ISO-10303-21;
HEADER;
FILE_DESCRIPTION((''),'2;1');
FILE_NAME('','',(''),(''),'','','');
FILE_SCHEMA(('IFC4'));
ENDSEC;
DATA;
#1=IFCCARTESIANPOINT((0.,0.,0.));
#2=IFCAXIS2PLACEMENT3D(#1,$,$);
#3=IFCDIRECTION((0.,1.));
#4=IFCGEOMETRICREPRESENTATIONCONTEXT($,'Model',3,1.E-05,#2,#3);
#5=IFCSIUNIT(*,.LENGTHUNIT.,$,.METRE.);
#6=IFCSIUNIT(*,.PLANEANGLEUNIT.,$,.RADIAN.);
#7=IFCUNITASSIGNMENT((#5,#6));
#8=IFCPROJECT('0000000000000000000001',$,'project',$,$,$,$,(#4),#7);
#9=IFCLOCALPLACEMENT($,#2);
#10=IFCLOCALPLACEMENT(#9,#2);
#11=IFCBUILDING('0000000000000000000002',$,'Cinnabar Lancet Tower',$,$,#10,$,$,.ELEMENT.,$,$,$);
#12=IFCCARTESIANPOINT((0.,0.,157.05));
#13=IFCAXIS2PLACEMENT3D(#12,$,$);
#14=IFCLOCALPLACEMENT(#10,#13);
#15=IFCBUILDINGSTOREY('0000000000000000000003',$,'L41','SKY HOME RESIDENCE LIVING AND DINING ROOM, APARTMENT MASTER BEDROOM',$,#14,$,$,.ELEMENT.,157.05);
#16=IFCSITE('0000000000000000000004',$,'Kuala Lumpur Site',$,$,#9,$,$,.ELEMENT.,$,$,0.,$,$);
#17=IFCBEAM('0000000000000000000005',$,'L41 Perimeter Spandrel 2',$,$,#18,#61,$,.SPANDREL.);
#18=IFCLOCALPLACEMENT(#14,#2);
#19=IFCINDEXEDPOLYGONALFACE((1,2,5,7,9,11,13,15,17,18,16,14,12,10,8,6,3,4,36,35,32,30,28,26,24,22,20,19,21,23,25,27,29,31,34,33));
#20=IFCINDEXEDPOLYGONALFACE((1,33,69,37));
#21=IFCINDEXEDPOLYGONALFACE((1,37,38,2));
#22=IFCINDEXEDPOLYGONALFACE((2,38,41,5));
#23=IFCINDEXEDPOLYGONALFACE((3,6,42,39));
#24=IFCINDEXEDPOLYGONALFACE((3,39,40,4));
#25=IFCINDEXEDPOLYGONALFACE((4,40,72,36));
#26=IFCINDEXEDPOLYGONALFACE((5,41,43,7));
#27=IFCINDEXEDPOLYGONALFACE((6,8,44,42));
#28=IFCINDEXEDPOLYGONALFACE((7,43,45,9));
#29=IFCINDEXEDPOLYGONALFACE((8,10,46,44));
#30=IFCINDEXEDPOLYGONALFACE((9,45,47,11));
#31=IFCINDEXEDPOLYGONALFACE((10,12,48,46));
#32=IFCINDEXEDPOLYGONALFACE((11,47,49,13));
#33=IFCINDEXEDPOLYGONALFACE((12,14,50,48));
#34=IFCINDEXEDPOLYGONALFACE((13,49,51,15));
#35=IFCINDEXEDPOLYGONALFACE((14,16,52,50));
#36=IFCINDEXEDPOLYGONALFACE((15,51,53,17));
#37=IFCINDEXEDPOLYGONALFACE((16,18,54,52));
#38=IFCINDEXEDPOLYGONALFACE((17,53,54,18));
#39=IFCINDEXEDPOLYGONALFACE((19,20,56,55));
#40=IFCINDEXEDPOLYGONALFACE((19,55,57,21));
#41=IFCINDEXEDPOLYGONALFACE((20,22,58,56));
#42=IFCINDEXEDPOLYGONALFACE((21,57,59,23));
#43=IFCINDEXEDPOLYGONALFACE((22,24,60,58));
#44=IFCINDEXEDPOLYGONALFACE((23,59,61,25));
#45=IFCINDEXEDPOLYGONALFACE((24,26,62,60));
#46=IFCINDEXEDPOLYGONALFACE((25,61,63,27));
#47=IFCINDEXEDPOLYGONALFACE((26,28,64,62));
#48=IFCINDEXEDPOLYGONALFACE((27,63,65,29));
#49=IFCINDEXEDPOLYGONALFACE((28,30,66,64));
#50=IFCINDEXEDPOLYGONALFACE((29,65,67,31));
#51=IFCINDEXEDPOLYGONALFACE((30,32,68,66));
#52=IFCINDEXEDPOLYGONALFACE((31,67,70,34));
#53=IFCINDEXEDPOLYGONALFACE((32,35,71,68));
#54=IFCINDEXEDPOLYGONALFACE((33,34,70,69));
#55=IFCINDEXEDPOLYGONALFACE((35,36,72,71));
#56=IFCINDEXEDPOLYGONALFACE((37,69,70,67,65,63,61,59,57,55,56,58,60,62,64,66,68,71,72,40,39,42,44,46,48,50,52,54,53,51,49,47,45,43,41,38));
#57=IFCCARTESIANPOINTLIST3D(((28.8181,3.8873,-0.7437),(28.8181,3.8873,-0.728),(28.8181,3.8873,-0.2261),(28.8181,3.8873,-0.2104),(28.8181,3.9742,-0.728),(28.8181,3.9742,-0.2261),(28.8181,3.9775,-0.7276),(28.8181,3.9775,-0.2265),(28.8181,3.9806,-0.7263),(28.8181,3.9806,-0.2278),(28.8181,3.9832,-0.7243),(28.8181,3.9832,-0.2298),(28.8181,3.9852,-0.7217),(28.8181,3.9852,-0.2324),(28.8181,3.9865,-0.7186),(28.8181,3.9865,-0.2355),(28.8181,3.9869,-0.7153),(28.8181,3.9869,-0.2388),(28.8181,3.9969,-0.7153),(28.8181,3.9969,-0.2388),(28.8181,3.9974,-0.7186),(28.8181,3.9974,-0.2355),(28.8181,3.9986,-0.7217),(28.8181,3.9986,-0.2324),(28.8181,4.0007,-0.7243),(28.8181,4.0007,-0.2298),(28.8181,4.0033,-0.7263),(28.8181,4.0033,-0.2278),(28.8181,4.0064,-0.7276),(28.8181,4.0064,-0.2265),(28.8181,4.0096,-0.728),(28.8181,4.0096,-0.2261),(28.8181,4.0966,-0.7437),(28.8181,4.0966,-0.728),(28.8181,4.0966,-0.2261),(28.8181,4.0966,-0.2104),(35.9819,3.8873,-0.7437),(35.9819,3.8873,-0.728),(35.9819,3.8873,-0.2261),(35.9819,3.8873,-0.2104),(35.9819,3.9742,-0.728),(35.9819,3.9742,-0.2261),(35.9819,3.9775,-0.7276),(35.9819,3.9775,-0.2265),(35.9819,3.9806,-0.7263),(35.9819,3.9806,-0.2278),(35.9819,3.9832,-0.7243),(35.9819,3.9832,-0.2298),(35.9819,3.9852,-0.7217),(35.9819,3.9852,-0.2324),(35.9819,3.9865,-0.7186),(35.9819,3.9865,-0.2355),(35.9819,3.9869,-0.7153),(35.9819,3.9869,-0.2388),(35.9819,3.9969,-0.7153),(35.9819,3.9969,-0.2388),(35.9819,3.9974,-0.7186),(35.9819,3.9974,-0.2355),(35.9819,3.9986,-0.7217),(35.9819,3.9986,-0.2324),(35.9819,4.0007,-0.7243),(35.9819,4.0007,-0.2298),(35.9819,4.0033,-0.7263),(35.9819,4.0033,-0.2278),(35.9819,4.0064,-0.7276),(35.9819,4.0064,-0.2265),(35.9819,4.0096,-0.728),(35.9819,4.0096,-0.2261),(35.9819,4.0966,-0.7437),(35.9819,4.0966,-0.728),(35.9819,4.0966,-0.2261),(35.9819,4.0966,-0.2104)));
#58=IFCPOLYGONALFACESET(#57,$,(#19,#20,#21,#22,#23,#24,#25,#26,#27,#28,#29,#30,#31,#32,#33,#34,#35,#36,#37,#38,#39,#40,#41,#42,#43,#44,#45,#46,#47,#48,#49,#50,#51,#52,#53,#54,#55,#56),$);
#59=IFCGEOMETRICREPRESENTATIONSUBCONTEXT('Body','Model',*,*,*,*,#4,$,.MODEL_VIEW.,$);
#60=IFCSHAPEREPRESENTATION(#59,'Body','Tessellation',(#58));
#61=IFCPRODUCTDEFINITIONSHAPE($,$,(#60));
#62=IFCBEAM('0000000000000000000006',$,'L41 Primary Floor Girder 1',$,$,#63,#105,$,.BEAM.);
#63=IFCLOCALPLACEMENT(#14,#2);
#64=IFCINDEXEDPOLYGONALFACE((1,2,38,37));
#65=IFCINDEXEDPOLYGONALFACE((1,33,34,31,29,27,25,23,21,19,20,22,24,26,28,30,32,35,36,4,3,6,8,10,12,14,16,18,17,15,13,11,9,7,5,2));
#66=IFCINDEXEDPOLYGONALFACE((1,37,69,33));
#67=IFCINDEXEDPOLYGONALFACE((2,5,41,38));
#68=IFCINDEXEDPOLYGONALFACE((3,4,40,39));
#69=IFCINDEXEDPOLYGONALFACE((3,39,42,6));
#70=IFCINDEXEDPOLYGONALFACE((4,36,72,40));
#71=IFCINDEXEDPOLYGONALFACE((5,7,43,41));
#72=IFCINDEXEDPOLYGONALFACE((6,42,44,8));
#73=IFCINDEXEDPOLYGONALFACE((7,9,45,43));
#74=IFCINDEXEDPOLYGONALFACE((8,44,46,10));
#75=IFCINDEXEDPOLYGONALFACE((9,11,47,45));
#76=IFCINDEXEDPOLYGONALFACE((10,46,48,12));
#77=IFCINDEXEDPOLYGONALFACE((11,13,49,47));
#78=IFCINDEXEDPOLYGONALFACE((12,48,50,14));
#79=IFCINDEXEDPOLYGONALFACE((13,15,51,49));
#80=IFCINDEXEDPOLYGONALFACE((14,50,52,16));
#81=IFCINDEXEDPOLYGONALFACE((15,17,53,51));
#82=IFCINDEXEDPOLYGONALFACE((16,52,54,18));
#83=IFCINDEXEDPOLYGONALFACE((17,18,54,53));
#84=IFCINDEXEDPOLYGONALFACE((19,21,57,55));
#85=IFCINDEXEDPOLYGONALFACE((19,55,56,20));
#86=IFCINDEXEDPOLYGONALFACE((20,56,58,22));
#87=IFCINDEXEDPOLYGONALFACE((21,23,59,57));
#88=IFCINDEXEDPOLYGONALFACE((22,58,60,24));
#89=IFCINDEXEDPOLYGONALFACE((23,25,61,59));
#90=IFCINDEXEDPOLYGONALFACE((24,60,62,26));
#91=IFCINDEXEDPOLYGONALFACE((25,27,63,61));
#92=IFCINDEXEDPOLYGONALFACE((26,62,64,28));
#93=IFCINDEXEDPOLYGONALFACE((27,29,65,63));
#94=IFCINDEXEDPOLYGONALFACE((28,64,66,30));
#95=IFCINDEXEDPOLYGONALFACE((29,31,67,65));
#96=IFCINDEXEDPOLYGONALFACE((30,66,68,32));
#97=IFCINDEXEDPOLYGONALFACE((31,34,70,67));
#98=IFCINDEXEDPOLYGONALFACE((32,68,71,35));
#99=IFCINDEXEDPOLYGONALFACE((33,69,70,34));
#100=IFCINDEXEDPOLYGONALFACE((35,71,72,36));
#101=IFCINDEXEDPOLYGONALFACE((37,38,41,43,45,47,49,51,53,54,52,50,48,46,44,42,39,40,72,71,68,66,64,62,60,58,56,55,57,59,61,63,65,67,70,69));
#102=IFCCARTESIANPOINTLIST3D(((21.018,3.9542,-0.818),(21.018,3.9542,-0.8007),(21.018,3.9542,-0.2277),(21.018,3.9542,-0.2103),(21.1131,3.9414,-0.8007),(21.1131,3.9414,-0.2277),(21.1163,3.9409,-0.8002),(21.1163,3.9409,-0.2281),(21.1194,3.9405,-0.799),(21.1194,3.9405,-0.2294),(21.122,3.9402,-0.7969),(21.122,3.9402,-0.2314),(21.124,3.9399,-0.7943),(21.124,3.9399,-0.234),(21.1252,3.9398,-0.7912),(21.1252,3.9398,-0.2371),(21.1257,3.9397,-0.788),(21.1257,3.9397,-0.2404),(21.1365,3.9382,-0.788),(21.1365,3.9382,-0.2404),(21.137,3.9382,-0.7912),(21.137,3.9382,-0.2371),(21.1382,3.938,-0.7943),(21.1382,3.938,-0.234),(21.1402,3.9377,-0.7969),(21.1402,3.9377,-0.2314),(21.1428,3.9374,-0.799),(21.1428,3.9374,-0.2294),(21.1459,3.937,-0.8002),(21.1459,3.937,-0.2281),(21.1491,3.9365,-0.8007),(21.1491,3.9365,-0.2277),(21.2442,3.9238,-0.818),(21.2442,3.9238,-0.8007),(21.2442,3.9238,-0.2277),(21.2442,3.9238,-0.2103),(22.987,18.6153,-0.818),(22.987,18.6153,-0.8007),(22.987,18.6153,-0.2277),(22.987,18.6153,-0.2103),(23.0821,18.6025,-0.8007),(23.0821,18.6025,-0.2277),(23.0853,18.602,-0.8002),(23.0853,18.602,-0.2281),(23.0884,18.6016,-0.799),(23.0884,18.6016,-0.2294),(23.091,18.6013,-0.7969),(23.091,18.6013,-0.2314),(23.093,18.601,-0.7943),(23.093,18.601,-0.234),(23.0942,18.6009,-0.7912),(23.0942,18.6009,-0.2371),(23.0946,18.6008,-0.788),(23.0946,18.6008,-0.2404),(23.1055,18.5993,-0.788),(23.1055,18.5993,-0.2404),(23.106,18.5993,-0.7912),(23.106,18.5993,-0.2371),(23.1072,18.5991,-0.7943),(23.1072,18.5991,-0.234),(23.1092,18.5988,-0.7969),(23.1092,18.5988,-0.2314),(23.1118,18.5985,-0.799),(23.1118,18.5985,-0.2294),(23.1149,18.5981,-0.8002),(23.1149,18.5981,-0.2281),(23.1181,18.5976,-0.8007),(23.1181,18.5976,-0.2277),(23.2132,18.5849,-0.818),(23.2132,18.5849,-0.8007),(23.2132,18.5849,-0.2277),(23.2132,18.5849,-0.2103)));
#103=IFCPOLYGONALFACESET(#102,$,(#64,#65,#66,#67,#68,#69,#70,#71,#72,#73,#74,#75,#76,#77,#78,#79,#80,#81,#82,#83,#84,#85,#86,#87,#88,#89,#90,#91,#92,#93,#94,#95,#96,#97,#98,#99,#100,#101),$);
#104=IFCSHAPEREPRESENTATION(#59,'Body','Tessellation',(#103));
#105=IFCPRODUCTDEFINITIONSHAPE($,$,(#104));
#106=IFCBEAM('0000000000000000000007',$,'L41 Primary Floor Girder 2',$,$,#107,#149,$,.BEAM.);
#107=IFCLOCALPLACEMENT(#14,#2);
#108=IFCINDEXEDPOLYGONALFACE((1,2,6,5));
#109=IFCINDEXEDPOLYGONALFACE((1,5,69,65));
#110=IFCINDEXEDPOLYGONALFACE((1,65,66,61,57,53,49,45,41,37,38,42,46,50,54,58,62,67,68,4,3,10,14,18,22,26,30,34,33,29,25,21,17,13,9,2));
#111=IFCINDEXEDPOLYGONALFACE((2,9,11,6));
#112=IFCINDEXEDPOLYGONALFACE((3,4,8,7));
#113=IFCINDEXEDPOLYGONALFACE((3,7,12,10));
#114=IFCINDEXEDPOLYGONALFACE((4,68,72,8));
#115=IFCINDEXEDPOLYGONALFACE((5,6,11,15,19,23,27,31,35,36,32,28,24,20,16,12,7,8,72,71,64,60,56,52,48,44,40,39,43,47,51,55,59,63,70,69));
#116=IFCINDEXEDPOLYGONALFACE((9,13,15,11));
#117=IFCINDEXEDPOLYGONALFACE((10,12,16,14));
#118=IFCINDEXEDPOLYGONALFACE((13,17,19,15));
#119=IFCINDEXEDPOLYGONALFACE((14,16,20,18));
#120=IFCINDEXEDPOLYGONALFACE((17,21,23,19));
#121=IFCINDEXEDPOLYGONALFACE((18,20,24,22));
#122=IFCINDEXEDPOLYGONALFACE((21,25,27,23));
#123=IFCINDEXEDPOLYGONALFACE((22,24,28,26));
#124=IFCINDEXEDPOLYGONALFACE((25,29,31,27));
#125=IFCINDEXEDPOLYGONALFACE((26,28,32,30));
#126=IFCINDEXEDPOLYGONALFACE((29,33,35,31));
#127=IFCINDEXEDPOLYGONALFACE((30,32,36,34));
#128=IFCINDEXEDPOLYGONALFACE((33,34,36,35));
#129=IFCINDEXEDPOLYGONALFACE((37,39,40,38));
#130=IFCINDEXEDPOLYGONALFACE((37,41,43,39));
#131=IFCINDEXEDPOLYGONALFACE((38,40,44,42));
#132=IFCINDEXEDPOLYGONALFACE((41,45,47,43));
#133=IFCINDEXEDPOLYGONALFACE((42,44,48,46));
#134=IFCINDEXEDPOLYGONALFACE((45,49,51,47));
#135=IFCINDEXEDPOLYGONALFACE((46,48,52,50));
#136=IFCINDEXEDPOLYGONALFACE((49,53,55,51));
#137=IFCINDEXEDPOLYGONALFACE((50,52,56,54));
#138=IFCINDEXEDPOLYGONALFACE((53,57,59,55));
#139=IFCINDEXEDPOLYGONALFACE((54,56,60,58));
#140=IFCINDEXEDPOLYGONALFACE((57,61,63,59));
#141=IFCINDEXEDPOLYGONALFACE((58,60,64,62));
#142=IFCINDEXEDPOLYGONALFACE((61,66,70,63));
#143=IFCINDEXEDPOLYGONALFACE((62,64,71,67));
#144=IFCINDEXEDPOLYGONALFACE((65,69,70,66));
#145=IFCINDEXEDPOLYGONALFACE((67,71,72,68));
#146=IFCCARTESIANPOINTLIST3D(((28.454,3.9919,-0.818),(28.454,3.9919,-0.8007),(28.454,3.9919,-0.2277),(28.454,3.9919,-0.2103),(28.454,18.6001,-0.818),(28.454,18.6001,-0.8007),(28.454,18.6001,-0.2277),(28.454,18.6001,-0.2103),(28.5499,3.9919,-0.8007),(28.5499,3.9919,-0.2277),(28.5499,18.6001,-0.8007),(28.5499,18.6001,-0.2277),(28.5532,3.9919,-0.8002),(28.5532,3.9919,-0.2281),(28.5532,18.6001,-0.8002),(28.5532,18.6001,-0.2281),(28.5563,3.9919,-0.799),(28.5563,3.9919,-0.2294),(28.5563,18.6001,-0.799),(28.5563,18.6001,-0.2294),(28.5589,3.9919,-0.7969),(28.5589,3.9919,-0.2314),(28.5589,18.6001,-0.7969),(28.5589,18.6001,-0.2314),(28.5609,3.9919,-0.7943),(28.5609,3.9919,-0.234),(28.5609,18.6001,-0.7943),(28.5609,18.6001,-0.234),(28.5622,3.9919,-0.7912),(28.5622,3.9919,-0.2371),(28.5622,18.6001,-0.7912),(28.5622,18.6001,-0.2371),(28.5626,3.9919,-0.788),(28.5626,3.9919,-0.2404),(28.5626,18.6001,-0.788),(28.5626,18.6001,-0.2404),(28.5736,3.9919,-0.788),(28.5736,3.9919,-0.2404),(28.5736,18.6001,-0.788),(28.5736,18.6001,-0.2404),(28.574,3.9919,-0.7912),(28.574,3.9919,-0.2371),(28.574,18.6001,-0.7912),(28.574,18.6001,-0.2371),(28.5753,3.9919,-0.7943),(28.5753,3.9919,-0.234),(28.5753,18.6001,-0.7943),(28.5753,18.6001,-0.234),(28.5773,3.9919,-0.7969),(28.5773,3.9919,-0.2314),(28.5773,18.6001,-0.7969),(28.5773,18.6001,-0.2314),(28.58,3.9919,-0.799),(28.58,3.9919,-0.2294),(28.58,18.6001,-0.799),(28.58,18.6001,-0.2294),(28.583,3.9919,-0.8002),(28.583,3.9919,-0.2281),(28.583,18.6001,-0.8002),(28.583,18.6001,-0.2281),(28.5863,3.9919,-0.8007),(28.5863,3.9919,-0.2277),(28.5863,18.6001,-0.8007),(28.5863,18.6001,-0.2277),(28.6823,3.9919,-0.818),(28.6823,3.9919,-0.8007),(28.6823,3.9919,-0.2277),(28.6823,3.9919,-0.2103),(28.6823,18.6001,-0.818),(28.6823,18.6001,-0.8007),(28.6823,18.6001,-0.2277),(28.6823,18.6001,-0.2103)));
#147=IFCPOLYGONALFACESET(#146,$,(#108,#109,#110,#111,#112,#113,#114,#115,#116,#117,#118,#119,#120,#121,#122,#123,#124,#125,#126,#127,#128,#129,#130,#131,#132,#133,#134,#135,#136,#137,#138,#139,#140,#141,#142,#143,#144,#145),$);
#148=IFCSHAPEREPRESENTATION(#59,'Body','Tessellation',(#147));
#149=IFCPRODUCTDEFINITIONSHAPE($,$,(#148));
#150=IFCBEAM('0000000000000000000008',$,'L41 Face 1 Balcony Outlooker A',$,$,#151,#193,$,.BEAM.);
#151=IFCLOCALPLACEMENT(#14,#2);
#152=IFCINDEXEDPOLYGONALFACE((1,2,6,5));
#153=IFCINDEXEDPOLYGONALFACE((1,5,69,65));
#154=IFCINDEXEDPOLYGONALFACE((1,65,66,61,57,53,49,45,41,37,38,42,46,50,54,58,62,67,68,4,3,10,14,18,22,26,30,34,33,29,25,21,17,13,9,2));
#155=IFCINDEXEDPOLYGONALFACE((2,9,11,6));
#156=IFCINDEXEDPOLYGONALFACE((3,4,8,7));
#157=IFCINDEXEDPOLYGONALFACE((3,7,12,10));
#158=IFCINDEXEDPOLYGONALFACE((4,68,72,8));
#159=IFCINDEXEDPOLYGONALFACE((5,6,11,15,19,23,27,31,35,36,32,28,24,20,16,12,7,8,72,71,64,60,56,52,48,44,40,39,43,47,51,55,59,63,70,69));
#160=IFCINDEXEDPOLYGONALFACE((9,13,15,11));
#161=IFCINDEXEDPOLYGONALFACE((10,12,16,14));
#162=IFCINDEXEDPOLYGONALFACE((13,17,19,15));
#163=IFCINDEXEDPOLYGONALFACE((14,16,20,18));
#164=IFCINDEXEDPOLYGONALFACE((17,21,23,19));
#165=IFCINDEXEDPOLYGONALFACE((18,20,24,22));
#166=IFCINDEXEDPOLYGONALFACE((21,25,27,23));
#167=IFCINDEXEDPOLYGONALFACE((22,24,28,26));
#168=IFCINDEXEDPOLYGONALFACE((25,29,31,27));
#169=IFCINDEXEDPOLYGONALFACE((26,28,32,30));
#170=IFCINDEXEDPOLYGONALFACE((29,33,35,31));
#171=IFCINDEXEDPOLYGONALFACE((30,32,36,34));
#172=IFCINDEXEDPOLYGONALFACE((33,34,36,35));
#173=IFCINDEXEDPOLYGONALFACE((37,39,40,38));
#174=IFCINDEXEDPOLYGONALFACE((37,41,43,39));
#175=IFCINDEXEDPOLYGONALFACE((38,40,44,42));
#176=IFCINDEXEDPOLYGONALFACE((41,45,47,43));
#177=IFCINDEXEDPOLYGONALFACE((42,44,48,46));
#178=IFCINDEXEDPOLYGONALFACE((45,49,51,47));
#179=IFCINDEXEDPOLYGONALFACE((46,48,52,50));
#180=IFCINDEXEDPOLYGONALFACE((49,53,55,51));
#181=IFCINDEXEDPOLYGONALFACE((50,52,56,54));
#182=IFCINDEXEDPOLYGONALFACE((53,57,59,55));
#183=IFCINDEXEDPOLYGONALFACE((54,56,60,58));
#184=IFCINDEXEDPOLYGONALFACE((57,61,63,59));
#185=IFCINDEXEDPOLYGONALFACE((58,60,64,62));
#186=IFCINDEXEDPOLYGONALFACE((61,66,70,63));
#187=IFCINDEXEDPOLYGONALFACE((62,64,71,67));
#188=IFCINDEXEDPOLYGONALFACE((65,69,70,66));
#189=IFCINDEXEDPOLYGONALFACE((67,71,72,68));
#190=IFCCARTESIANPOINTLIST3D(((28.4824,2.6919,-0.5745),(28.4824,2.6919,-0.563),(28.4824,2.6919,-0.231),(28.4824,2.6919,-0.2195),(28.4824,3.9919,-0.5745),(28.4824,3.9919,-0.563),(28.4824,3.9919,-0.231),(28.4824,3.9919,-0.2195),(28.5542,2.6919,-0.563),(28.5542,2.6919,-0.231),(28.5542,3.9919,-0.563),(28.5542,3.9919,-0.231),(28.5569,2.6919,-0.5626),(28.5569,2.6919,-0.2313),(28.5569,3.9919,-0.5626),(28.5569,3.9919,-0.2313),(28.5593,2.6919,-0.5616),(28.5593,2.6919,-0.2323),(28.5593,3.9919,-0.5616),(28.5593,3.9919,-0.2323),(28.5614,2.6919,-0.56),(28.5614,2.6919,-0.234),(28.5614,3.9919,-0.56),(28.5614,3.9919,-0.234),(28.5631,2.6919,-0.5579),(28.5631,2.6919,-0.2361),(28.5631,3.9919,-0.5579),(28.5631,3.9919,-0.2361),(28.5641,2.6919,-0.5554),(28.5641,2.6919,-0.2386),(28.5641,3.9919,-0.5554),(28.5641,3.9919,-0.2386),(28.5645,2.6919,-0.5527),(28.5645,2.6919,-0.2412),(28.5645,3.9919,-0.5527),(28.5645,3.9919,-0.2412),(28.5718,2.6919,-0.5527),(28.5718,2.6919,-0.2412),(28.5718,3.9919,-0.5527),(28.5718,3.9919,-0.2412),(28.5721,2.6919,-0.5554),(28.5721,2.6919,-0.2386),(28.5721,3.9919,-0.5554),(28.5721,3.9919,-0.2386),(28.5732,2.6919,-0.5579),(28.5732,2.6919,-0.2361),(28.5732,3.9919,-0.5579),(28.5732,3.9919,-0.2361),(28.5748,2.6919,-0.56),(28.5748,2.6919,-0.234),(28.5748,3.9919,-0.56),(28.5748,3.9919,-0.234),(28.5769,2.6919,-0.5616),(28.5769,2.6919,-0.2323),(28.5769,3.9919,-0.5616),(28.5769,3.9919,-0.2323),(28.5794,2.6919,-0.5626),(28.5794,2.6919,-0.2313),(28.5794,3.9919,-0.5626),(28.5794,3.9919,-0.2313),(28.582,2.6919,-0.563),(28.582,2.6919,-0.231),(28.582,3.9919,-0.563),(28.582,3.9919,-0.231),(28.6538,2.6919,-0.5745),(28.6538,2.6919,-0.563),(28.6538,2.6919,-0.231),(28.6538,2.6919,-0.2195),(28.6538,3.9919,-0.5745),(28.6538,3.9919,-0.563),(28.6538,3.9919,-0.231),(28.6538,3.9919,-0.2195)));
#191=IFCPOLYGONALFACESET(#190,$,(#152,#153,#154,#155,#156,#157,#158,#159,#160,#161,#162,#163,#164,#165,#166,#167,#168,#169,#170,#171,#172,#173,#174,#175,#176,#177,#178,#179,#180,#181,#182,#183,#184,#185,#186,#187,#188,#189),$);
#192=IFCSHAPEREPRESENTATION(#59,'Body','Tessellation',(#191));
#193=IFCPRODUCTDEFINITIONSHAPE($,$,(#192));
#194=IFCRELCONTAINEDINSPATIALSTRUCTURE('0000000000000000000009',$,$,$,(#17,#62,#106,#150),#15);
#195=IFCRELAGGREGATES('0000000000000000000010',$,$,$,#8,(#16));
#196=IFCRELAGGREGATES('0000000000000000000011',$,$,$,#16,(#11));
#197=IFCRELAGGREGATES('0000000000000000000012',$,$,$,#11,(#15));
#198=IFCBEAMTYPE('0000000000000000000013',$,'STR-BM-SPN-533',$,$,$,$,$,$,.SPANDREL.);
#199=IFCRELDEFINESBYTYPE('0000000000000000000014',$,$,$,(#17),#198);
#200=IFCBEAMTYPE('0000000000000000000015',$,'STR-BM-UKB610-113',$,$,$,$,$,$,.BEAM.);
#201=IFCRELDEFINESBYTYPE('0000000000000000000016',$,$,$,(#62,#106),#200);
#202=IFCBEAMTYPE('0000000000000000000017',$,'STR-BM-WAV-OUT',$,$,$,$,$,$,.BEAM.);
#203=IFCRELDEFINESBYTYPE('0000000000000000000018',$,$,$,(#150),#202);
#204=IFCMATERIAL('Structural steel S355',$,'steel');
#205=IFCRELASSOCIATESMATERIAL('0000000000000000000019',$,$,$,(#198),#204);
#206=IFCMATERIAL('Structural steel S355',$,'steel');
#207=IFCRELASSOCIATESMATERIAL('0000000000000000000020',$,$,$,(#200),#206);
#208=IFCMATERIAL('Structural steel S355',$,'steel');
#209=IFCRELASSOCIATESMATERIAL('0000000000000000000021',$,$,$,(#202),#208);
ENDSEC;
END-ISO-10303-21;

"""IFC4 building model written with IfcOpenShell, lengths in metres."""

from ifc_helpers import new_model, si_unit, direction, frame, origin, origin_2d, place, context, subcontext, project, spatial, i_section, extrude, material, material_profile, profile_set, type_object, element, save


model = new_model("IFC4")

# Units and contexts
model_context = context("Model", 3, precision=1e-05, world=origin(), true_north=direction((0.0, 1.0)))
body_context = subcontext(model_context, "Body", "Model", "MODEL_VIEW")
ifc_project = project(units=[si_unit("LENGTHUNIT", "METRE"), si_unit("PLANEANGLEUNIT", "RADIAN")], contexts=[model_context])

# Site, building, storey
site_placement = place(None, origin())
site = spatial("IfcSite", under=ifc_project, at=site_placement, Name="Kuala Lumpur Site", CompositionType="ELEMENT", RefElevation=0.0)
building_placement = place(site_placement, origin())
building = spatial("IfcBuilding", under=site, at=building_placement, Name="Cinnabar Lancet Tower", CompositionType="ELEMENT")
storey_placement = place(building_placement, frame((0.0, 0.0, 157.05)))
storey = spatial("IfcBuildingStorey", under=building, at=storey_placement, Name="L41", Description="SKY HOME RESIDENCE LIVING AND DINING ROOM, APARTMENT MASTER BEDROOM", CompositionType="ELEMENT", Elevation=157.05)

# Beams
ifc_material_1 = material(Name="Structural steel S355", Category="steel")
ifc_material_profile_1 = material_profile(ifc_material_1, i_section(OverallWidth=0.2092, OverallDepth=0.5332, WebThickness=0.01, FlangeThickness=0.0156, FilletRadius=0.0127, at=origin_2d()), Name="UKB 533x210x92")
ifc_profile_set_1 = profile_set([ifc_material_profile_1], Name="Structural steel S355")
beam_type_1 = type_object("IfcBeamType", Name="STR-BM-SPN-533", PredefinedType="SPANDREL", material=ifc_profile_set_1)
beam_1_placement = place(storey_placement, frame((28.8181, 3.9919, -0.4771), z_axis=(1.0, 0.0, 0.0), x_axis=(0.0, 1.0, 0.0)))
element("IfcBeam", 1, at=beam_1_placement, inside=storey, type_object=beam_type_1, Name="L41 Perimeter Spandrel 2", PredefinedType="SPANDREL", context=body_context, shape_type="SweptSolid", body=[
    extrude(i_section(OverallWidth=0.2092, OverallDepth=0.5332, WebThickness=0.01, FlangeThickness=0.0156, FilletRadius=0.0127, at=origin_2d()), origin(), (0.0, 0.0, 1.0), 7.1638),
])
ifc_material_2 = material(Name="Structural steel S355", Category="steel")
ifc_material_profile_2 = material_profile(ifc_material_2, i_section(OverallWidth=0.2283, OverallDepth=0.6077, WebThickness=0.011, FlangeThickness=0.0173, FilletRadius=0.0127, at=origin_2d()), Name="UKB 610x229x113")
ifc_profile_set_2 = profile_set([ifc_material_profile_2], Name="Structural steel S355")
beam_type_2 = type_object("IfcBeamType", Name="STR-BM-UKB610-113", PredefinedType="BEAM", material=ifc_profile_set_2)
beam_2_placement = place(storey_placement, frame((21.1311, 3.939, -0.5142), z_axis=(0.133105, 0.991102, 0.0), x_axis=(-0.991102, 0.133105, 0.0)))
element("IfcBeam", 2, at=beam_2_placement, inside=storey, type_object=beam_type_2, Name="L41 Primary Floor Girder 1", PredefinedType="BEAM", context=body_context, shape_type="SweptSolid", body=[
    extrude(i_section(OverallWidth=0.2283, OverallDepth=0.6077, WebThickness=0.011, FlangeThickness=0.0173, FilletRadius=0.0127, at=origin_2d()), origin(), (0.0, 0.0, 1.0), 14.7927),
])
beam_3_placement = place(storey_placement, frame((28.5681, 3.9919, -0.5142), z_axis=(0.0, 1.0, 0.0), x_axis=(-1.0, 0.0, 0.0)))
element("IfcBeam", 3, at=beam_3_placement, inside=storey, type_object=beam_type_2, Name="L41 Primary Floor Girder 2", PredefinedType="BEAM", context=body_context, shape_type="SweptSolid", body=[
    extrude(i_section(OverallWidth=0.2283, OverallDepth=0.6077, WebThickness=0.011, FlangeThickness=0.0173, FilletRadius=0.0127, at=origin_2d()), origin(), (0.0, 0.0, 1.0), 14.6082),
])
ifc_material_3 = material(Name="Structural steel S355", Category="steel")
ifc_material_profile_3 = material_profile(ifc_material_3, i_section(OverallWidth=0.1714, OverallDepth=0.355, WebThickness=0.0073, FlangeThickness=0.0115, FilletRadius=0.0103, at=origin_2d()), Name="UKB 356x171x51")
ifc_profile_set_3 = profile_set([ifc_material_profile_3], Name="Structural steel S355")
beam_type_3 = type_object("IfcBeamType", Name="STR-BM-WAV-OUT", PredefinedType="BEAM", material=ifc_profile_set_3)
beam_4_placement = place(storey_placement, frame((28.5681, 3.9919, -0.397), z_axis=(0.0, -1.0, 0.0), x_axis=(1.0, 0.0, 0.0)))
element("IfcBeam", 4, at=beam_4_placement, inside=storey, type_object=beam_type_3, Name="L41 Face 1 Balcony Outlooker A", PredefinedType="BEAM", context=body_context, shape_type="SweptSolid", body=[
    extrude(i_section(OverallWidth=0.1714, OverallDepth=0.355, WebThickness=0.0073, FlangeThickness=0.0115, FilletRadius=0.0103, at=origin_2d()), origin(), (0.0, 0.0, 1.0), 1.3),
])

save(model, "model.ifc")
